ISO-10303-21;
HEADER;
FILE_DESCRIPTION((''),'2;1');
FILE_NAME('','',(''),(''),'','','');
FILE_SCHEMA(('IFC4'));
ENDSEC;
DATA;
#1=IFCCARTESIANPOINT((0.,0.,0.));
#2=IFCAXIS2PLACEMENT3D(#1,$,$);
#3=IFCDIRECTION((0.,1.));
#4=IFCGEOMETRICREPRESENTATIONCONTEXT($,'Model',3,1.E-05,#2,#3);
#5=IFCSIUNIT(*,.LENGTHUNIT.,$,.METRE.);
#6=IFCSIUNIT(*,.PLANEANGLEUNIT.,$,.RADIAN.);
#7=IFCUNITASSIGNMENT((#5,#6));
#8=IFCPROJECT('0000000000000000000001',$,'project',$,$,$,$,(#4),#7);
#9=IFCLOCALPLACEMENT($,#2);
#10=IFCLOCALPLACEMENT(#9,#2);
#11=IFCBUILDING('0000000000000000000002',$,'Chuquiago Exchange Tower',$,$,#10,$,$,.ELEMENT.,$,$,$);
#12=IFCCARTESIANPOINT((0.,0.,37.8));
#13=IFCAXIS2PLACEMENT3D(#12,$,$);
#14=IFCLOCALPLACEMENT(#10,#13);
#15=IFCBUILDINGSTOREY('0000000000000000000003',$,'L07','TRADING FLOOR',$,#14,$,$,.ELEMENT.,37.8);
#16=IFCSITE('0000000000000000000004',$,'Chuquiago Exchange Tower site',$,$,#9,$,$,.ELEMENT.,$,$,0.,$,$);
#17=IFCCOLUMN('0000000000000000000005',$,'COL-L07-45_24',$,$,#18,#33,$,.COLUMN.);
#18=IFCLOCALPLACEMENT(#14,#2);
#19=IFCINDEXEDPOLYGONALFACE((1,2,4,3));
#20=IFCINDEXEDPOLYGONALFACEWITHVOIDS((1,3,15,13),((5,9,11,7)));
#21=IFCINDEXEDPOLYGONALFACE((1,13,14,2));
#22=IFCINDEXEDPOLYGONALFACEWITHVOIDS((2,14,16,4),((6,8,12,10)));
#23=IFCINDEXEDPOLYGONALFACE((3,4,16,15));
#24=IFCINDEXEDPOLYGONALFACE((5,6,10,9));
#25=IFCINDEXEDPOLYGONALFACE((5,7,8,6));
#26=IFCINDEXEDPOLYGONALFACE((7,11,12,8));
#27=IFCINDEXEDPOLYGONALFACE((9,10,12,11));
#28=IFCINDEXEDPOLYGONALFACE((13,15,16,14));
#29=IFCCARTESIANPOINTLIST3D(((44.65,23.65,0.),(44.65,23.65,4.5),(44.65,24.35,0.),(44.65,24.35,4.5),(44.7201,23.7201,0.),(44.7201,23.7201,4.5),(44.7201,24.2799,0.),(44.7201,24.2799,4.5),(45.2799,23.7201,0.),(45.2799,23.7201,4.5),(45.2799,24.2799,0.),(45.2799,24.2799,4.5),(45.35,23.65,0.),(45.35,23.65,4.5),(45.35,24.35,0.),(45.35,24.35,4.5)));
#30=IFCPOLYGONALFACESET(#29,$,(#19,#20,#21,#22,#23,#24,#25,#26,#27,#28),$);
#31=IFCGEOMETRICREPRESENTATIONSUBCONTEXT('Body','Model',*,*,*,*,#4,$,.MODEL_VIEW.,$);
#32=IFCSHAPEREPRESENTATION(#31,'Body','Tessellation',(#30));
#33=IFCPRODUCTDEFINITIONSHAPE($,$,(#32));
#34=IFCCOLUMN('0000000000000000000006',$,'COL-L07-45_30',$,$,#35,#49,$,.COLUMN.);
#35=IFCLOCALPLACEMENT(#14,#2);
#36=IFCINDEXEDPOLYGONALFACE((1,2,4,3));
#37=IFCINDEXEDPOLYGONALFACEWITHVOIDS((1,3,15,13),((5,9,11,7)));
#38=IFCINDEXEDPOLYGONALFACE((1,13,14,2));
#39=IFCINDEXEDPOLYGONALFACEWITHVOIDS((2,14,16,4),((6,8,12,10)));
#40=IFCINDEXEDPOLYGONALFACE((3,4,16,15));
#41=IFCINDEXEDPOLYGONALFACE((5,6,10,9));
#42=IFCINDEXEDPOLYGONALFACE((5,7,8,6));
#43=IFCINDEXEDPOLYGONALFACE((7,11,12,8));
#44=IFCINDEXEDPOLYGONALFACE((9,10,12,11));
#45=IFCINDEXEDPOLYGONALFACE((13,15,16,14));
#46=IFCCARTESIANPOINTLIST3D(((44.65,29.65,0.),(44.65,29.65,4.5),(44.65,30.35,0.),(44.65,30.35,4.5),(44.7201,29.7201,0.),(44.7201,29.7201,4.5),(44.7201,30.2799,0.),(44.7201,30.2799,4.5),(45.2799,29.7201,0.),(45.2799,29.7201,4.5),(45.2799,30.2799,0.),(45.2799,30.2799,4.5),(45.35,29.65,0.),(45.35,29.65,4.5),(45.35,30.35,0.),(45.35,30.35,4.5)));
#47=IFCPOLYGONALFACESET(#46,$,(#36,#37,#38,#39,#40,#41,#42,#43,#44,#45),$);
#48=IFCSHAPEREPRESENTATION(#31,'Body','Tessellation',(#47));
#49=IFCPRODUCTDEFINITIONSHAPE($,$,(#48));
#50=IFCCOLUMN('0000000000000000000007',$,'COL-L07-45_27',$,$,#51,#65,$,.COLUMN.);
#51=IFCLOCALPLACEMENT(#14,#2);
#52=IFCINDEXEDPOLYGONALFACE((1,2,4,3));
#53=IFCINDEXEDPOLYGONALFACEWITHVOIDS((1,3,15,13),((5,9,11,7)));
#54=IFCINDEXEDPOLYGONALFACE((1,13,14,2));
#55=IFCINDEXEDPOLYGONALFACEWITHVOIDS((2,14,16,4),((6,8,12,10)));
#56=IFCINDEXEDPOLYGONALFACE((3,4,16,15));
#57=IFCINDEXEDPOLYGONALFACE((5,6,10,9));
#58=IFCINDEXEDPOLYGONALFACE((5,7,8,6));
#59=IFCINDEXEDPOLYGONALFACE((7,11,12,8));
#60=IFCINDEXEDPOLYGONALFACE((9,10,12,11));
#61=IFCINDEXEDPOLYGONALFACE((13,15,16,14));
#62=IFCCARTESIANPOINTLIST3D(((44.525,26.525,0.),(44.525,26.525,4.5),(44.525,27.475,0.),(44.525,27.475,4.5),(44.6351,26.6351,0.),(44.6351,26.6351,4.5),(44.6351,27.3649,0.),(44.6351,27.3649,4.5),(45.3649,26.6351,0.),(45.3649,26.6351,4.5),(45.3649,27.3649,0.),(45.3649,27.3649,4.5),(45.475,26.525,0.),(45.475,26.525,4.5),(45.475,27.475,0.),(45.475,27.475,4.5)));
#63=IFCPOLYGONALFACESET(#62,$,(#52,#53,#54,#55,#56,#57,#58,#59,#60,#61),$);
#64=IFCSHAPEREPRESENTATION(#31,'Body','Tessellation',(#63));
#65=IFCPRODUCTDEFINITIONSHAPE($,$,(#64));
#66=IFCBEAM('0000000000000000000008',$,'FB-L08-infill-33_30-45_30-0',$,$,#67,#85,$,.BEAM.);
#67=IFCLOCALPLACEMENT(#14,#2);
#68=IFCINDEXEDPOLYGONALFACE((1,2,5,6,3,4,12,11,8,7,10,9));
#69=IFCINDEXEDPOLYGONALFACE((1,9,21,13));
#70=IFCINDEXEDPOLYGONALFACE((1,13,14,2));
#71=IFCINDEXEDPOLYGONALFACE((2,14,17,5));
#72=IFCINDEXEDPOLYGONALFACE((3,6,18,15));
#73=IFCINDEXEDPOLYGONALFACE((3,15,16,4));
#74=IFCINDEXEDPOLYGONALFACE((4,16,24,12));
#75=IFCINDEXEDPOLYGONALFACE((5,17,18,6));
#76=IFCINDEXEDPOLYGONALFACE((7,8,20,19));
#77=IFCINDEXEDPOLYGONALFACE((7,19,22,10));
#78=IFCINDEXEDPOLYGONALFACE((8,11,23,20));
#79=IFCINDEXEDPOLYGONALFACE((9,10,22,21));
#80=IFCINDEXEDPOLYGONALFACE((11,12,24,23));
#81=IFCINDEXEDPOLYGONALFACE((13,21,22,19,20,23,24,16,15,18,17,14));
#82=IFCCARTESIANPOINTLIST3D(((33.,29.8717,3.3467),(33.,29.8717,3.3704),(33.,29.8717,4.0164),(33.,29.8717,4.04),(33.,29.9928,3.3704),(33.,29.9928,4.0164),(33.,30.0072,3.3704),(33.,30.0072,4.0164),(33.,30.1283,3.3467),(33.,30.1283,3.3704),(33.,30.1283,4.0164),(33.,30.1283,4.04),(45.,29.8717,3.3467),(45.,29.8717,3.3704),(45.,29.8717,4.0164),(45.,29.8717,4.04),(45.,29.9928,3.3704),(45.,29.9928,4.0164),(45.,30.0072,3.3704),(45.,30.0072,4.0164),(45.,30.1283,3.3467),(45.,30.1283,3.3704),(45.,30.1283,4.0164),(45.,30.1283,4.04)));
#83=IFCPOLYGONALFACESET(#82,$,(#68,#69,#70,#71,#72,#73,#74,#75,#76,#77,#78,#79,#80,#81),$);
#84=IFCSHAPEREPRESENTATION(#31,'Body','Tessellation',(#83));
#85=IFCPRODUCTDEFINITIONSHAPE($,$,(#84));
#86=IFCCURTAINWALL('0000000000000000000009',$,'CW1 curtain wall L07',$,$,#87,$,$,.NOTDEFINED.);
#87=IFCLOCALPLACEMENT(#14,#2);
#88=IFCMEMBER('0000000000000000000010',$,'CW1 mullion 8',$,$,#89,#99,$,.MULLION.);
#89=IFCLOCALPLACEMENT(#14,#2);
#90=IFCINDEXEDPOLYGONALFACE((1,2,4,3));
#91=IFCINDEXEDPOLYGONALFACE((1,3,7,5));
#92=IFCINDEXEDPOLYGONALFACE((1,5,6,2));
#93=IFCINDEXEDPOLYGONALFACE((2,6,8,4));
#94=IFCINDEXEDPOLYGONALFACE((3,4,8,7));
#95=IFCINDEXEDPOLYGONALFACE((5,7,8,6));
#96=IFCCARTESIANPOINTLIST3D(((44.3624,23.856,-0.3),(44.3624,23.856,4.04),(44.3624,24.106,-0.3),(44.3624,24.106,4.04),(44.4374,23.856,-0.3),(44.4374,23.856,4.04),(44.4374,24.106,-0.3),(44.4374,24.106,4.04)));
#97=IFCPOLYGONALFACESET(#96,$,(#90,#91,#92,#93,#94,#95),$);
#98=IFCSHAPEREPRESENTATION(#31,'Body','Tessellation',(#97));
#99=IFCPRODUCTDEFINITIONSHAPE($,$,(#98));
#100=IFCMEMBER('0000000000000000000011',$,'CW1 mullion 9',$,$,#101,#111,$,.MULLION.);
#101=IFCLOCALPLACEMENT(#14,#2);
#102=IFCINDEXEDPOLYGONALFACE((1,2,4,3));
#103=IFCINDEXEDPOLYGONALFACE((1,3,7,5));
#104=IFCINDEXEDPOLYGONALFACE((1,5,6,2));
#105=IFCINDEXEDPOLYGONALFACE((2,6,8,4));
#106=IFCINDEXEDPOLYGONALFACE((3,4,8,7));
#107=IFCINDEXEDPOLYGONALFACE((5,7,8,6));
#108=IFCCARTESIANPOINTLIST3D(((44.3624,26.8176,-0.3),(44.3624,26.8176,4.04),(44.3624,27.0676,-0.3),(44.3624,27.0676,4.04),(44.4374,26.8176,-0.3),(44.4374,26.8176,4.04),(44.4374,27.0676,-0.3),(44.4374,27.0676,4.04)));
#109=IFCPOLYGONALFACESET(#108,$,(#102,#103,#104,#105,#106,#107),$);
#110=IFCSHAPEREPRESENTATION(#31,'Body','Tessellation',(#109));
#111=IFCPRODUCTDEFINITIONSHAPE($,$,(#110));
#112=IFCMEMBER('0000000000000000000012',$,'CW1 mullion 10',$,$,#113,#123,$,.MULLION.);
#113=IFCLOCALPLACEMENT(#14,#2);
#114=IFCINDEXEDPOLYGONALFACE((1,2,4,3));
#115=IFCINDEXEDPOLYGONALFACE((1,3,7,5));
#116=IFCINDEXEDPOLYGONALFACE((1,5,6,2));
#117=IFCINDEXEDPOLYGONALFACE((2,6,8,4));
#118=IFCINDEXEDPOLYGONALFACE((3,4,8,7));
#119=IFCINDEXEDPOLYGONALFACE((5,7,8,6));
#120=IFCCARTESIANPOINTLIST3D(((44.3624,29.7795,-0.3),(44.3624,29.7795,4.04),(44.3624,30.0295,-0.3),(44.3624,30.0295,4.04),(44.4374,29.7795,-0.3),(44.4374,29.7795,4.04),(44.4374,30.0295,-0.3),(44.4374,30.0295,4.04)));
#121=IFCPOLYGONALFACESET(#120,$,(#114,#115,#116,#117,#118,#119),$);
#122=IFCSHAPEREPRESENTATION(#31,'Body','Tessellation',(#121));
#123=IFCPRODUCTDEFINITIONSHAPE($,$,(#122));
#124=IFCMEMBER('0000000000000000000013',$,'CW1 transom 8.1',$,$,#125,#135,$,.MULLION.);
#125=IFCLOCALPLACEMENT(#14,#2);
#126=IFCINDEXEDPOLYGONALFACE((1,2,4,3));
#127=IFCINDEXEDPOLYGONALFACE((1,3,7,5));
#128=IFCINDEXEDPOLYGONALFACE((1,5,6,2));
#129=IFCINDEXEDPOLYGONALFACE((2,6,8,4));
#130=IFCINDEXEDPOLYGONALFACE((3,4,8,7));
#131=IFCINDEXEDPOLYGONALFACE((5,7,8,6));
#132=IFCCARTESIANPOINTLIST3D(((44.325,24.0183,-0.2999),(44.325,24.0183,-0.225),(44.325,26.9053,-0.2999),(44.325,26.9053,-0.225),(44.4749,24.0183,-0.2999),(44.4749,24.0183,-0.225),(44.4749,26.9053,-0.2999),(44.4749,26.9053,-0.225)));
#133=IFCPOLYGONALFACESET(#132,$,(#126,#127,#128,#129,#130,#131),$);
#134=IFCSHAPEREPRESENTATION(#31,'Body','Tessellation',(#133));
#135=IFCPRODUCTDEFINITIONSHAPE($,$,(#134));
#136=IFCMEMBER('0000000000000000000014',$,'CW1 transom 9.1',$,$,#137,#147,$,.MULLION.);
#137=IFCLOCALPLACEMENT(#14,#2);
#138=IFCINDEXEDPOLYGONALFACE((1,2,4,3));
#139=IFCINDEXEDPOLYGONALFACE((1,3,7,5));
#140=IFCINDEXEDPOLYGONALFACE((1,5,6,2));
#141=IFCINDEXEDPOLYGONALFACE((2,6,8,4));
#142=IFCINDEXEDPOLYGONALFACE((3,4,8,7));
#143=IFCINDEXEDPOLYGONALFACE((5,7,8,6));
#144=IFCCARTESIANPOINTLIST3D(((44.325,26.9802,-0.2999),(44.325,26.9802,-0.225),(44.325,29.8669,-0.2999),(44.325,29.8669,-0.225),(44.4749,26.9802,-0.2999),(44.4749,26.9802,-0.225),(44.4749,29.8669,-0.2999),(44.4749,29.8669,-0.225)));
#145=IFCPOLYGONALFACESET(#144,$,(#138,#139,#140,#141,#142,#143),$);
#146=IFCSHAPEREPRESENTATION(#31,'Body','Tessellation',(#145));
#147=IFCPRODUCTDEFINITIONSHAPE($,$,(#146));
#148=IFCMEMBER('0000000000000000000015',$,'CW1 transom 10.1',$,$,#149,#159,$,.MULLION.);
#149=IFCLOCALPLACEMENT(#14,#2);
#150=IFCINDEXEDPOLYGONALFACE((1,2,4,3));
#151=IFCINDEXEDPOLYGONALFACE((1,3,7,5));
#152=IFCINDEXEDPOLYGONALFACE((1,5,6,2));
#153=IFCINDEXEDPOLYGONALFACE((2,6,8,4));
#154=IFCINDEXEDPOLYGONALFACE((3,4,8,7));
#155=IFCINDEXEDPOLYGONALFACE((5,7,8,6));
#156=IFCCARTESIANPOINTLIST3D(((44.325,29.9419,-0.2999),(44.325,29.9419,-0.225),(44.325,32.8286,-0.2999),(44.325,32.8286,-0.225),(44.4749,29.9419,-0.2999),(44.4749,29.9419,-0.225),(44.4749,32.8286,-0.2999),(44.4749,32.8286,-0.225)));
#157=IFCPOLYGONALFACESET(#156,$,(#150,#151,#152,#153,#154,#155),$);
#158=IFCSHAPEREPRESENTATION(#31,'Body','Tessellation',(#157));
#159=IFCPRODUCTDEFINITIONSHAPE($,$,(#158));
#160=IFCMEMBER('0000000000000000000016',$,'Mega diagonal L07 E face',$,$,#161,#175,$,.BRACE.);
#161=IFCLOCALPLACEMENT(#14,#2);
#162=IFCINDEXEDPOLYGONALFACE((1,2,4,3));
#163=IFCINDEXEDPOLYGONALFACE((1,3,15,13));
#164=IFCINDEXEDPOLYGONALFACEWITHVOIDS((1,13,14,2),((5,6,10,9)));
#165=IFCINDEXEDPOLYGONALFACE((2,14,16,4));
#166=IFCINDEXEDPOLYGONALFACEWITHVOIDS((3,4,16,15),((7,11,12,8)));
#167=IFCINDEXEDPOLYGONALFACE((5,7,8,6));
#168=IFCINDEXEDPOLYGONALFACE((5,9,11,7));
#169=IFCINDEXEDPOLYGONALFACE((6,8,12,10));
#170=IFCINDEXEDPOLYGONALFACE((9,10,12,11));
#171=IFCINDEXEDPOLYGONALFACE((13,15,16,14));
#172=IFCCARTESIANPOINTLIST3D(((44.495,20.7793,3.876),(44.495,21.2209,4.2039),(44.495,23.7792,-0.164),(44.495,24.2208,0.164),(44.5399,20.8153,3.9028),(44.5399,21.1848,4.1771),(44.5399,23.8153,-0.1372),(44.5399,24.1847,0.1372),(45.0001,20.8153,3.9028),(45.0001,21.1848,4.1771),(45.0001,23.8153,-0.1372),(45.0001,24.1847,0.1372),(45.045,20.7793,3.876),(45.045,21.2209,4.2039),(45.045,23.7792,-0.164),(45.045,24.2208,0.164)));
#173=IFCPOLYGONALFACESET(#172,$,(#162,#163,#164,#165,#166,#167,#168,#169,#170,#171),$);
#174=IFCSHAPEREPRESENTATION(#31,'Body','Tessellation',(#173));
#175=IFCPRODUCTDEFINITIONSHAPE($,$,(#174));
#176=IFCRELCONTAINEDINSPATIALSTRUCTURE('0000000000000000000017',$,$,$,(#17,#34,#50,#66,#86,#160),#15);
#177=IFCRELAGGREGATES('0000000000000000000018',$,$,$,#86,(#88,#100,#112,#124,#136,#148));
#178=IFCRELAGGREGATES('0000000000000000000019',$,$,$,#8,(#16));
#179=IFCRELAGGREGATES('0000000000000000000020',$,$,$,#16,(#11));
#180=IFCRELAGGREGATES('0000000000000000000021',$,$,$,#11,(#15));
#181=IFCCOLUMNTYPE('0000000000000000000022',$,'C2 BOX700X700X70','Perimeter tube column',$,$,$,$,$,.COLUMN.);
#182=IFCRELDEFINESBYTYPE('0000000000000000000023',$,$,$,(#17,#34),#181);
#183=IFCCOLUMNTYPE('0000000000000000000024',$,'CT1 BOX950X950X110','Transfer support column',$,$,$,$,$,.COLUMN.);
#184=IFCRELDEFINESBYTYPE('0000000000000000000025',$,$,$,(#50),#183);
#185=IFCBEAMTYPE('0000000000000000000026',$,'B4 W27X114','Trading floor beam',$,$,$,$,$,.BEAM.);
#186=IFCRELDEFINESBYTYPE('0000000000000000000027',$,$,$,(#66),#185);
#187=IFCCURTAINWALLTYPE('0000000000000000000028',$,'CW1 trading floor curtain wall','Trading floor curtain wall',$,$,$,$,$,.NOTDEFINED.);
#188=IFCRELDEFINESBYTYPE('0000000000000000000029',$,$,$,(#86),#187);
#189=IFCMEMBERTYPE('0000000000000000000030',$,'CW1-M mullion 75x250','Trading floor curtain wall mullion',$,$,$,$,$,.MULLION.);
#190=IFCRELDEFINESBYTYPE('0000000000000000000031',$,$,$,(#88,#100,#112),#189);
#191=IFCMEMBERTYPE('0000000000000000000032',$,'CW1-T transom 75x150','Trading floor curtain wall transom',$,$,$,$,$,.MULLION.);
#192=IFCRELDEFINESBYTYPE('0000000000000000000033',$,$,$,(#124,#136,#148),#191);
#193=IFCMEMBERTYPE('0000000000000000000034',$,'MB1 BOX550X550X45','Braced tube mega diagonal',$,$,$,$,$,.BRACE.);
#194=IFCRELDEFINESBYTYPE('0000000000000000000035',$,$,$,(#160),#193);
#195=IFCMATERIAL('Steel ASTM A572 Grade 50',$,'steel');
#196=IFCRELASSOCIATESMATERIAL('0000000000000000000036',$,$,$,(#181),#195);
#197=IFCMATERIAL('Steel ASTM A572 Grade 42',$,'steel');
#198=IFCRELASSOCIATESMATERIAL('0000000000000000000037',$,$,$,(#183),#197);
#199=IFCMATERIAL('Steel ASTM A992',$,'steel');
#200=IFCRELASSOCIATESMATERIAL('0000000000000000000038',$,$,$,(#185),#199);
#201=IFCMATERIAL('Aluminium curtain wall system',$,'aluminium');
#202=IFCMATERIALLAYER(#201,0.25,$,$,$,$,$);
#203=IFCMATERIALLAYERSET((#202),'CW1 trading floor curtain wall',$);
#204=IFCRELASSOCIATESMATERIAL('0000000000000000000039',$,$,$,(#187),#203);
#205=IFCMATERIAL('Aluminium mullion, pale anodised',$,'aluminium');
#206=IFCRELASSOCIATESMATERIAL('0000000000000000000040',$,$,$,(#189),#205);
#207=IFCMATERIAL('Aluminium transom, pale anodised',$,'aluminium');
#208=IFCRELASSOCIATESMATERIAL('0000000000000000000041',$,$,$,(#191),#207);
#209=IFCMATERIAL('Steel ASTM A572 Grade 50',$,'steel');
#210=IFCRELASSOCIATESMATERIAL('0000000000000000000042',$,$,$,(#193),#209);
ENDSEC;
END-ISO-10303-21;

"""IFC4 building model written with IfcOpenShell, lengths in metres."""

from ifc_helpers import new_model, si_unit, direction, frame, origin, origin_2d, place, context, subcontext, project, spatial, rectangle, hollow_rectangle, i_section, extrude, material, layer, layer_set, material_profile, profile_set, type_object, element, aggregate, save


model = new_model("IFC4")

# Units and contexts
model_context = context("Model", 3, precision=1e-05, world=origin(), true_north=direction((0.0, 1.0)))
body_context = subcontext(model_context, "Body", "Model", "MODEL_VIEW")
ifc_project = project(units=[si_unit("LENGTHUNIT", "METRE"), si_unit("PLANEANGLEUNIT", "RADIAN")], contexts=[model_context])

# Site, building, storey
site_placement = place(None, origin())
site = spatial("IfcSite", under=ifc_project, at=site_placement, Name="Chuquiago Exchange Tower site", CompositionType="ELEMENT", RefElevation=0.0)
building_placement = place(site_placement, origin())
building = spatial("IfcBuilding", under=site, at=building_placement, Name="Chuquiago Exchange Tower", CompositionType="ELEMENT")
storey_placement = place(building_placement, frame((0.0, 0.0, 37.8)))
storey = spatial("IfcBuildingStorey", under=building, at=storey_placement, Name="L07", Description="TRADING FLOOR", CompositionType="ELEMENT", Elevation=37.8)

# Columns
ifc_material_1 = material(Name="Steel ASTM A572 Grade 50", Category="steel")
ifc_material_profile_1 = material_profile(ifc_material_1, hollow_rectangle(XDim=0.7, YDim=0.7, WallThickness=0.0701, at=origin_2d()), Name="BOX700X700X70")
ifc_profile_set_1 = profile_set([ifc_material_profile_1], Name="Steel ASTM A572 Grade 50")
column_type_1 = type_object("IfcColumnType", Name="C2 BOX700X700X70", Description="Perimeter tube column", PredefinedType="COLUMN", material=ifc_profile_set_1)
for number, where, z_axis, x_axis, name in (
    (1, (45.0, 24.0, 0.0), (0.0, 0.0, 1.0), (1.0, 0.0, 0.0), "COL-L07-45_24"),
    (2, (45.0, 30.0, 0.0), (0.0, 0.0, 1.0), (1.0, 0.0, 0.0), "COL-L07-45_30"),
):
    element("IfcColumn", number, at=place(storey_placement, frame(where, z_axis=z_axis, x_axis=x_axis)), inside=storey, type_object=column_type_1, Name=name, PredefinedType="COLUMN", context=body_context, shape_type="SweptSolid", body=[
        extrude(hollow_rectangle(XDim=0.7, YDim=0.7, WallThickness=0.0701, at=origin_2d()), origin(), (0.0, 0.0, 1.0), 4.5),
    ])
ifc_material_2 = material(Name="Steel ASTM A572 Grade 42", Category="steel")
ifc_material_profile_2 = material_profile(ifc_material_2, hollow_rectangle(XDim=0.95, YDim=0.95, WallThickness=0.1101, at=origin_2d()), Name="BOX950X950X110")
ifc_profile_set_2 = profile_set([ifc_material_profile_2], Name="Steel ASTM A572 Grade 42")
column_type_2 = type_object("IfcColumnType", Name="CT1 BOX950X950X110", Description="Transfer support column", PredefinedType="COLUMN", material=ifc_profile_set_2)
column_placement = place(storey_placement, frame((45.0, 27.0, 0.0), z_axis=(0.0, 0.0, 1.0), x_axis=(1.0, 0.0, 0.0)))
element("IfcColumn", 3, at=column_placement, inside=storey, type_object=column_type_2, Name="COL-L07-45_27", PredefinedType="COLUMN", context=body_context, shape_type="SweptSolid", body=[
    extrude(hollow_rectangle(XDim=0.95, YDim=0.95, WallThickness=0.1101, at=origin_2d()), origin(), (0.0, 0.0, 1.0), 4.5),
])

# Beam
ifc_material_3 = material(Name="Steel ASTM A992", Category="steel")
ifc_material_profile_3 = material_profile(ifc_material_3, i_section(OverallWidth=0.2566, OverallDepth=0.6934, WebThickness=0.0144, FlangeThickness=0.0237, at=origin_2d()), Name="W27X114")
ifc_profile_set_3 = profile_set([ifc_material_profile_3], Name="Steel ASTM A992")
beam_type_1 = type_object("IfcBeamType", Name="B4 W27X114", Description="Trading floor beam", PredefinedType="BEAM", material=ifc_profile_set_3)
beam_placement = place(storey_placement, frame((33.0, 30.0, 3.6934), z_axis=(1.0, 0.0, 0.0), x_axis=(0.0, 1.0, 0.0)))
element("IfcBeam", 4, at=beam_placement, inside=storey, type_object=beam_type_1, Name="FB-L08-infill-33_30-45_30-0", PredefinedType="BEAM", context=body_context, shape_type="SweptSolid", body=[
    extrude(i_section(OverallWidth=0.2566, OverallDepth=0.6934, WebThickness=0.0144, FlangeThickness=0.0237, at=origin_2d()), origin(), (0.0, 0.0, 1.0), 12.0),
])

# Curtain wall, members
ifc_material_4 = material(Name="Aluminium curtain wall system", Category="aluminium")
ifc_layer_1 = layer(ifc_material_4, 0.25)
ifc_layer_set_1 = layer_set([ifc_layer_1], Name="CW1 trading floor curtain wall")
curtain_wall_type = type_object("IfcCurtainWallType", Name="CW1 trading floor curtain wall", Description="Trading floor curtain wall", PredefinedType="NOTDEFINED", material=ifc_layer_set_1)
curtain_wall_placement = place(storey_placement, origin())
curtain_wall = element("IfcCurtainWall", 5, at=curtain_wall_placement, inside=storey, type_object=curtain_wall_type, Name="CW1 curtain wall L07", PredefinedType="NOTDEFINED")
ifc_material_5 = material(Name="Aluminium mullion, pale anodised", Category="aluminium")
ifc_material_profile_4 = material_profile(ifc_material_5, rectangle(XDim=0.075, YDim=0.25, at=origin_2d()), Name="AL 75x250")
ifc_profile_set_4 = profile_set([ifc_material_profile_4], Name="Aluminium mullion, pale anodised")
member_type_1 = type_object("IfcMemberType", Name="CW1-M mullion 75x250", Description="Trading floor curtain wall mullion", PredefinedType="MULLION", material=ifc_profile_set_4)
member_1_placement = place(storey_placement, frame((44.3999, 23.981, -0.3), z_axis=(0.0, 0.0, 1.0), x_axis=(-1.0, 0.0, 0.0)))
member_1 = element("IfcMember", 6, at=member_1_placement, type_object=member_type_1, Name="CW1 mullion 8", PredefinedType="MULLION", context=body_context, shape_type="SweptSolid", body=[
    extrude(rectangle(XDim=0.075, YDim=0.25, at=origin_2d()), origin(), (0.0, 0.0, 1.0), 4.3401),
])
member_2_placement = place(storey_placement, frame((44.3999, 26.9426, -0.3), z_axis=(0.0, 0.0, 1.0), x_axis=(-1.0, 0.0, 0.0)))
member_2 = element("IfcMember", 7, at=member_2_placement, type_object=member_type_1, Name="CW1 mullion 9", PredefinedType="MULLION", context=body_context, shape_type="SweptSolid", body=[
    extrude(rectangle(XDim=0.075, YDim=0.25, at=origin_2d()), origin(), (0.0, 0.0, 1.0), 4.3401),
])
member_3_placement = place(storey_placement, frame((44.3999, 29.9045, -0.3), z_axis=(0.0, 0.0, 1.0), x_axis=(-1.0, 0.0, 0.0)))
member_3 = element("IfcMember", 8, at=member_3_placement, type_object=member_type_1, Name="CW1 mullion 10", PredefinedType="MULLION", context=body_context, shape_type="SweptSolid", body=[
    extrude(rectangle(XDim=0.075, YDim=0.25, at=origin_2d()), origin(), (0.0, 0.0, 1.0), 4.3401),
])
ifc_material_6 = material(Name="Aluminium transom, pale anodised", Category="aluminium")
ifc_material_profile_5 = material_profile(ifc_material_6, rectangle(XDim=0.1499, YDim=0.075, at=origin_2d()), Name="AL 150x75")
ifc_profile_set_5 = profile_set([ifc_material_profile_5], Name="Aluminium transom, pale anodised")
member_type_2 = type_object("IfcMemberType", Name="CW1-T transom 75x150", Description="Trading floor curtain wall transom", PredefinedType="MULLION", material=ifc_profile_set_5)
member_4_placement = place(storey_placement, frame((44.3999, 24.0183, -0.2625), z_axis=(0.0, 1.0, 0.0), x_axis=(-1.0, 0.0, 0.0)))
member_4 = element("IfcMember", 9, at=member_4_placement, type_object=member_type_2, Name="CW1 transom 8.1", PredefinedType="MULLION", context=body_context, shape_type="SweptSolid", body=[
    extrude(rectangle(XDim=0.1499, YDim=0.075, at=origin_2d()), origin(), (0.0, 0.0, 1.0), 2.887),
])
member_5_placement = place(storey_placement, frame((44.3999, 26.9802, -0.2625), z_axis=(0.0, 1.0, 0.0), x_axis=(-1.0, 0.0, 0.0)))
member_5 = element("IfcMember", 10, at=member_5_placement, type_object=member_type_2, Name="CW1 transom 9.1", PredefinedType="MULLION", context=body_context, shape_type="SweptSolid", body=[
    extrude(rectangle(XDim=0.1499, YDim=0.075, at=origin_2d()), origin(), (0.0, 0.0, 1.0), 2.8867),
])
member_6_placement = place(storey_placement, frame((44.3999, 29.9419, -0.2625), z_axis=(0.0, 1.0, 0.0), x_axis=(-1.0, 0.0, 0.0)))
member_6 = element("IfcMember", 11, at=member_6_placement, type_object=member_type_2, Name="CW1 transom 10.1", PredefinedType="MULLION", context=body_context, shape_type="SweptSolid", body=[
    extrude(rectangle(XDim=0.1499, YDim=0.075, at=origin_2d()), origin(), (0.0, 0.0, 1.0), 2.8867),
])

# Member
ifc_material_7 = material(Name="Steel ASTM A572 Grade 50", Category="steel")
ifc_material_profile_6 = material_profile(ifc_material_7, hollow_rectangle(XDim=0.55, YDim=0.55, WallThickness=0.0449, at=origin_2d()), Name="BOX550X550X45")
ifc_profile_set_6 = profile_set([ifc_material_profile_6], Name="Steel ASTM A572 Grade 50")
member_type_3 = type_object("IfcMemberType", Name="MB1 BOX550X550X45", Description="Braced tube mega diagonal", PredefinedType="BRACE", material=ifc_profile_set_6)
member_7_placement = place(storey_placement, frame((44.77, 24.0, 0.0), z_axis=(0.0, -0.596174, 0.802855), x_axis=(1.0, 0.0, 0.0)))
element("IfcMember", 12, at=member_7_placement, inside=storey, type_object=member_type_3, Name="Mega diagonal L07 E face", PredefinedType="BRACE", context=body_context, shape_type="SweptSolid", body=[
    extrude(hollow_rectangle(XDim=0.55, YDim=0.55, WallThickness=0.0449, at=origin_2d()), origin(), (0.0, 0.0, 1.0), 5.032),
])

aggregate(curtain_wall, [member_1, member_2, member_3, member_4, member_5, member_6])

save(model, "model.ifc")
